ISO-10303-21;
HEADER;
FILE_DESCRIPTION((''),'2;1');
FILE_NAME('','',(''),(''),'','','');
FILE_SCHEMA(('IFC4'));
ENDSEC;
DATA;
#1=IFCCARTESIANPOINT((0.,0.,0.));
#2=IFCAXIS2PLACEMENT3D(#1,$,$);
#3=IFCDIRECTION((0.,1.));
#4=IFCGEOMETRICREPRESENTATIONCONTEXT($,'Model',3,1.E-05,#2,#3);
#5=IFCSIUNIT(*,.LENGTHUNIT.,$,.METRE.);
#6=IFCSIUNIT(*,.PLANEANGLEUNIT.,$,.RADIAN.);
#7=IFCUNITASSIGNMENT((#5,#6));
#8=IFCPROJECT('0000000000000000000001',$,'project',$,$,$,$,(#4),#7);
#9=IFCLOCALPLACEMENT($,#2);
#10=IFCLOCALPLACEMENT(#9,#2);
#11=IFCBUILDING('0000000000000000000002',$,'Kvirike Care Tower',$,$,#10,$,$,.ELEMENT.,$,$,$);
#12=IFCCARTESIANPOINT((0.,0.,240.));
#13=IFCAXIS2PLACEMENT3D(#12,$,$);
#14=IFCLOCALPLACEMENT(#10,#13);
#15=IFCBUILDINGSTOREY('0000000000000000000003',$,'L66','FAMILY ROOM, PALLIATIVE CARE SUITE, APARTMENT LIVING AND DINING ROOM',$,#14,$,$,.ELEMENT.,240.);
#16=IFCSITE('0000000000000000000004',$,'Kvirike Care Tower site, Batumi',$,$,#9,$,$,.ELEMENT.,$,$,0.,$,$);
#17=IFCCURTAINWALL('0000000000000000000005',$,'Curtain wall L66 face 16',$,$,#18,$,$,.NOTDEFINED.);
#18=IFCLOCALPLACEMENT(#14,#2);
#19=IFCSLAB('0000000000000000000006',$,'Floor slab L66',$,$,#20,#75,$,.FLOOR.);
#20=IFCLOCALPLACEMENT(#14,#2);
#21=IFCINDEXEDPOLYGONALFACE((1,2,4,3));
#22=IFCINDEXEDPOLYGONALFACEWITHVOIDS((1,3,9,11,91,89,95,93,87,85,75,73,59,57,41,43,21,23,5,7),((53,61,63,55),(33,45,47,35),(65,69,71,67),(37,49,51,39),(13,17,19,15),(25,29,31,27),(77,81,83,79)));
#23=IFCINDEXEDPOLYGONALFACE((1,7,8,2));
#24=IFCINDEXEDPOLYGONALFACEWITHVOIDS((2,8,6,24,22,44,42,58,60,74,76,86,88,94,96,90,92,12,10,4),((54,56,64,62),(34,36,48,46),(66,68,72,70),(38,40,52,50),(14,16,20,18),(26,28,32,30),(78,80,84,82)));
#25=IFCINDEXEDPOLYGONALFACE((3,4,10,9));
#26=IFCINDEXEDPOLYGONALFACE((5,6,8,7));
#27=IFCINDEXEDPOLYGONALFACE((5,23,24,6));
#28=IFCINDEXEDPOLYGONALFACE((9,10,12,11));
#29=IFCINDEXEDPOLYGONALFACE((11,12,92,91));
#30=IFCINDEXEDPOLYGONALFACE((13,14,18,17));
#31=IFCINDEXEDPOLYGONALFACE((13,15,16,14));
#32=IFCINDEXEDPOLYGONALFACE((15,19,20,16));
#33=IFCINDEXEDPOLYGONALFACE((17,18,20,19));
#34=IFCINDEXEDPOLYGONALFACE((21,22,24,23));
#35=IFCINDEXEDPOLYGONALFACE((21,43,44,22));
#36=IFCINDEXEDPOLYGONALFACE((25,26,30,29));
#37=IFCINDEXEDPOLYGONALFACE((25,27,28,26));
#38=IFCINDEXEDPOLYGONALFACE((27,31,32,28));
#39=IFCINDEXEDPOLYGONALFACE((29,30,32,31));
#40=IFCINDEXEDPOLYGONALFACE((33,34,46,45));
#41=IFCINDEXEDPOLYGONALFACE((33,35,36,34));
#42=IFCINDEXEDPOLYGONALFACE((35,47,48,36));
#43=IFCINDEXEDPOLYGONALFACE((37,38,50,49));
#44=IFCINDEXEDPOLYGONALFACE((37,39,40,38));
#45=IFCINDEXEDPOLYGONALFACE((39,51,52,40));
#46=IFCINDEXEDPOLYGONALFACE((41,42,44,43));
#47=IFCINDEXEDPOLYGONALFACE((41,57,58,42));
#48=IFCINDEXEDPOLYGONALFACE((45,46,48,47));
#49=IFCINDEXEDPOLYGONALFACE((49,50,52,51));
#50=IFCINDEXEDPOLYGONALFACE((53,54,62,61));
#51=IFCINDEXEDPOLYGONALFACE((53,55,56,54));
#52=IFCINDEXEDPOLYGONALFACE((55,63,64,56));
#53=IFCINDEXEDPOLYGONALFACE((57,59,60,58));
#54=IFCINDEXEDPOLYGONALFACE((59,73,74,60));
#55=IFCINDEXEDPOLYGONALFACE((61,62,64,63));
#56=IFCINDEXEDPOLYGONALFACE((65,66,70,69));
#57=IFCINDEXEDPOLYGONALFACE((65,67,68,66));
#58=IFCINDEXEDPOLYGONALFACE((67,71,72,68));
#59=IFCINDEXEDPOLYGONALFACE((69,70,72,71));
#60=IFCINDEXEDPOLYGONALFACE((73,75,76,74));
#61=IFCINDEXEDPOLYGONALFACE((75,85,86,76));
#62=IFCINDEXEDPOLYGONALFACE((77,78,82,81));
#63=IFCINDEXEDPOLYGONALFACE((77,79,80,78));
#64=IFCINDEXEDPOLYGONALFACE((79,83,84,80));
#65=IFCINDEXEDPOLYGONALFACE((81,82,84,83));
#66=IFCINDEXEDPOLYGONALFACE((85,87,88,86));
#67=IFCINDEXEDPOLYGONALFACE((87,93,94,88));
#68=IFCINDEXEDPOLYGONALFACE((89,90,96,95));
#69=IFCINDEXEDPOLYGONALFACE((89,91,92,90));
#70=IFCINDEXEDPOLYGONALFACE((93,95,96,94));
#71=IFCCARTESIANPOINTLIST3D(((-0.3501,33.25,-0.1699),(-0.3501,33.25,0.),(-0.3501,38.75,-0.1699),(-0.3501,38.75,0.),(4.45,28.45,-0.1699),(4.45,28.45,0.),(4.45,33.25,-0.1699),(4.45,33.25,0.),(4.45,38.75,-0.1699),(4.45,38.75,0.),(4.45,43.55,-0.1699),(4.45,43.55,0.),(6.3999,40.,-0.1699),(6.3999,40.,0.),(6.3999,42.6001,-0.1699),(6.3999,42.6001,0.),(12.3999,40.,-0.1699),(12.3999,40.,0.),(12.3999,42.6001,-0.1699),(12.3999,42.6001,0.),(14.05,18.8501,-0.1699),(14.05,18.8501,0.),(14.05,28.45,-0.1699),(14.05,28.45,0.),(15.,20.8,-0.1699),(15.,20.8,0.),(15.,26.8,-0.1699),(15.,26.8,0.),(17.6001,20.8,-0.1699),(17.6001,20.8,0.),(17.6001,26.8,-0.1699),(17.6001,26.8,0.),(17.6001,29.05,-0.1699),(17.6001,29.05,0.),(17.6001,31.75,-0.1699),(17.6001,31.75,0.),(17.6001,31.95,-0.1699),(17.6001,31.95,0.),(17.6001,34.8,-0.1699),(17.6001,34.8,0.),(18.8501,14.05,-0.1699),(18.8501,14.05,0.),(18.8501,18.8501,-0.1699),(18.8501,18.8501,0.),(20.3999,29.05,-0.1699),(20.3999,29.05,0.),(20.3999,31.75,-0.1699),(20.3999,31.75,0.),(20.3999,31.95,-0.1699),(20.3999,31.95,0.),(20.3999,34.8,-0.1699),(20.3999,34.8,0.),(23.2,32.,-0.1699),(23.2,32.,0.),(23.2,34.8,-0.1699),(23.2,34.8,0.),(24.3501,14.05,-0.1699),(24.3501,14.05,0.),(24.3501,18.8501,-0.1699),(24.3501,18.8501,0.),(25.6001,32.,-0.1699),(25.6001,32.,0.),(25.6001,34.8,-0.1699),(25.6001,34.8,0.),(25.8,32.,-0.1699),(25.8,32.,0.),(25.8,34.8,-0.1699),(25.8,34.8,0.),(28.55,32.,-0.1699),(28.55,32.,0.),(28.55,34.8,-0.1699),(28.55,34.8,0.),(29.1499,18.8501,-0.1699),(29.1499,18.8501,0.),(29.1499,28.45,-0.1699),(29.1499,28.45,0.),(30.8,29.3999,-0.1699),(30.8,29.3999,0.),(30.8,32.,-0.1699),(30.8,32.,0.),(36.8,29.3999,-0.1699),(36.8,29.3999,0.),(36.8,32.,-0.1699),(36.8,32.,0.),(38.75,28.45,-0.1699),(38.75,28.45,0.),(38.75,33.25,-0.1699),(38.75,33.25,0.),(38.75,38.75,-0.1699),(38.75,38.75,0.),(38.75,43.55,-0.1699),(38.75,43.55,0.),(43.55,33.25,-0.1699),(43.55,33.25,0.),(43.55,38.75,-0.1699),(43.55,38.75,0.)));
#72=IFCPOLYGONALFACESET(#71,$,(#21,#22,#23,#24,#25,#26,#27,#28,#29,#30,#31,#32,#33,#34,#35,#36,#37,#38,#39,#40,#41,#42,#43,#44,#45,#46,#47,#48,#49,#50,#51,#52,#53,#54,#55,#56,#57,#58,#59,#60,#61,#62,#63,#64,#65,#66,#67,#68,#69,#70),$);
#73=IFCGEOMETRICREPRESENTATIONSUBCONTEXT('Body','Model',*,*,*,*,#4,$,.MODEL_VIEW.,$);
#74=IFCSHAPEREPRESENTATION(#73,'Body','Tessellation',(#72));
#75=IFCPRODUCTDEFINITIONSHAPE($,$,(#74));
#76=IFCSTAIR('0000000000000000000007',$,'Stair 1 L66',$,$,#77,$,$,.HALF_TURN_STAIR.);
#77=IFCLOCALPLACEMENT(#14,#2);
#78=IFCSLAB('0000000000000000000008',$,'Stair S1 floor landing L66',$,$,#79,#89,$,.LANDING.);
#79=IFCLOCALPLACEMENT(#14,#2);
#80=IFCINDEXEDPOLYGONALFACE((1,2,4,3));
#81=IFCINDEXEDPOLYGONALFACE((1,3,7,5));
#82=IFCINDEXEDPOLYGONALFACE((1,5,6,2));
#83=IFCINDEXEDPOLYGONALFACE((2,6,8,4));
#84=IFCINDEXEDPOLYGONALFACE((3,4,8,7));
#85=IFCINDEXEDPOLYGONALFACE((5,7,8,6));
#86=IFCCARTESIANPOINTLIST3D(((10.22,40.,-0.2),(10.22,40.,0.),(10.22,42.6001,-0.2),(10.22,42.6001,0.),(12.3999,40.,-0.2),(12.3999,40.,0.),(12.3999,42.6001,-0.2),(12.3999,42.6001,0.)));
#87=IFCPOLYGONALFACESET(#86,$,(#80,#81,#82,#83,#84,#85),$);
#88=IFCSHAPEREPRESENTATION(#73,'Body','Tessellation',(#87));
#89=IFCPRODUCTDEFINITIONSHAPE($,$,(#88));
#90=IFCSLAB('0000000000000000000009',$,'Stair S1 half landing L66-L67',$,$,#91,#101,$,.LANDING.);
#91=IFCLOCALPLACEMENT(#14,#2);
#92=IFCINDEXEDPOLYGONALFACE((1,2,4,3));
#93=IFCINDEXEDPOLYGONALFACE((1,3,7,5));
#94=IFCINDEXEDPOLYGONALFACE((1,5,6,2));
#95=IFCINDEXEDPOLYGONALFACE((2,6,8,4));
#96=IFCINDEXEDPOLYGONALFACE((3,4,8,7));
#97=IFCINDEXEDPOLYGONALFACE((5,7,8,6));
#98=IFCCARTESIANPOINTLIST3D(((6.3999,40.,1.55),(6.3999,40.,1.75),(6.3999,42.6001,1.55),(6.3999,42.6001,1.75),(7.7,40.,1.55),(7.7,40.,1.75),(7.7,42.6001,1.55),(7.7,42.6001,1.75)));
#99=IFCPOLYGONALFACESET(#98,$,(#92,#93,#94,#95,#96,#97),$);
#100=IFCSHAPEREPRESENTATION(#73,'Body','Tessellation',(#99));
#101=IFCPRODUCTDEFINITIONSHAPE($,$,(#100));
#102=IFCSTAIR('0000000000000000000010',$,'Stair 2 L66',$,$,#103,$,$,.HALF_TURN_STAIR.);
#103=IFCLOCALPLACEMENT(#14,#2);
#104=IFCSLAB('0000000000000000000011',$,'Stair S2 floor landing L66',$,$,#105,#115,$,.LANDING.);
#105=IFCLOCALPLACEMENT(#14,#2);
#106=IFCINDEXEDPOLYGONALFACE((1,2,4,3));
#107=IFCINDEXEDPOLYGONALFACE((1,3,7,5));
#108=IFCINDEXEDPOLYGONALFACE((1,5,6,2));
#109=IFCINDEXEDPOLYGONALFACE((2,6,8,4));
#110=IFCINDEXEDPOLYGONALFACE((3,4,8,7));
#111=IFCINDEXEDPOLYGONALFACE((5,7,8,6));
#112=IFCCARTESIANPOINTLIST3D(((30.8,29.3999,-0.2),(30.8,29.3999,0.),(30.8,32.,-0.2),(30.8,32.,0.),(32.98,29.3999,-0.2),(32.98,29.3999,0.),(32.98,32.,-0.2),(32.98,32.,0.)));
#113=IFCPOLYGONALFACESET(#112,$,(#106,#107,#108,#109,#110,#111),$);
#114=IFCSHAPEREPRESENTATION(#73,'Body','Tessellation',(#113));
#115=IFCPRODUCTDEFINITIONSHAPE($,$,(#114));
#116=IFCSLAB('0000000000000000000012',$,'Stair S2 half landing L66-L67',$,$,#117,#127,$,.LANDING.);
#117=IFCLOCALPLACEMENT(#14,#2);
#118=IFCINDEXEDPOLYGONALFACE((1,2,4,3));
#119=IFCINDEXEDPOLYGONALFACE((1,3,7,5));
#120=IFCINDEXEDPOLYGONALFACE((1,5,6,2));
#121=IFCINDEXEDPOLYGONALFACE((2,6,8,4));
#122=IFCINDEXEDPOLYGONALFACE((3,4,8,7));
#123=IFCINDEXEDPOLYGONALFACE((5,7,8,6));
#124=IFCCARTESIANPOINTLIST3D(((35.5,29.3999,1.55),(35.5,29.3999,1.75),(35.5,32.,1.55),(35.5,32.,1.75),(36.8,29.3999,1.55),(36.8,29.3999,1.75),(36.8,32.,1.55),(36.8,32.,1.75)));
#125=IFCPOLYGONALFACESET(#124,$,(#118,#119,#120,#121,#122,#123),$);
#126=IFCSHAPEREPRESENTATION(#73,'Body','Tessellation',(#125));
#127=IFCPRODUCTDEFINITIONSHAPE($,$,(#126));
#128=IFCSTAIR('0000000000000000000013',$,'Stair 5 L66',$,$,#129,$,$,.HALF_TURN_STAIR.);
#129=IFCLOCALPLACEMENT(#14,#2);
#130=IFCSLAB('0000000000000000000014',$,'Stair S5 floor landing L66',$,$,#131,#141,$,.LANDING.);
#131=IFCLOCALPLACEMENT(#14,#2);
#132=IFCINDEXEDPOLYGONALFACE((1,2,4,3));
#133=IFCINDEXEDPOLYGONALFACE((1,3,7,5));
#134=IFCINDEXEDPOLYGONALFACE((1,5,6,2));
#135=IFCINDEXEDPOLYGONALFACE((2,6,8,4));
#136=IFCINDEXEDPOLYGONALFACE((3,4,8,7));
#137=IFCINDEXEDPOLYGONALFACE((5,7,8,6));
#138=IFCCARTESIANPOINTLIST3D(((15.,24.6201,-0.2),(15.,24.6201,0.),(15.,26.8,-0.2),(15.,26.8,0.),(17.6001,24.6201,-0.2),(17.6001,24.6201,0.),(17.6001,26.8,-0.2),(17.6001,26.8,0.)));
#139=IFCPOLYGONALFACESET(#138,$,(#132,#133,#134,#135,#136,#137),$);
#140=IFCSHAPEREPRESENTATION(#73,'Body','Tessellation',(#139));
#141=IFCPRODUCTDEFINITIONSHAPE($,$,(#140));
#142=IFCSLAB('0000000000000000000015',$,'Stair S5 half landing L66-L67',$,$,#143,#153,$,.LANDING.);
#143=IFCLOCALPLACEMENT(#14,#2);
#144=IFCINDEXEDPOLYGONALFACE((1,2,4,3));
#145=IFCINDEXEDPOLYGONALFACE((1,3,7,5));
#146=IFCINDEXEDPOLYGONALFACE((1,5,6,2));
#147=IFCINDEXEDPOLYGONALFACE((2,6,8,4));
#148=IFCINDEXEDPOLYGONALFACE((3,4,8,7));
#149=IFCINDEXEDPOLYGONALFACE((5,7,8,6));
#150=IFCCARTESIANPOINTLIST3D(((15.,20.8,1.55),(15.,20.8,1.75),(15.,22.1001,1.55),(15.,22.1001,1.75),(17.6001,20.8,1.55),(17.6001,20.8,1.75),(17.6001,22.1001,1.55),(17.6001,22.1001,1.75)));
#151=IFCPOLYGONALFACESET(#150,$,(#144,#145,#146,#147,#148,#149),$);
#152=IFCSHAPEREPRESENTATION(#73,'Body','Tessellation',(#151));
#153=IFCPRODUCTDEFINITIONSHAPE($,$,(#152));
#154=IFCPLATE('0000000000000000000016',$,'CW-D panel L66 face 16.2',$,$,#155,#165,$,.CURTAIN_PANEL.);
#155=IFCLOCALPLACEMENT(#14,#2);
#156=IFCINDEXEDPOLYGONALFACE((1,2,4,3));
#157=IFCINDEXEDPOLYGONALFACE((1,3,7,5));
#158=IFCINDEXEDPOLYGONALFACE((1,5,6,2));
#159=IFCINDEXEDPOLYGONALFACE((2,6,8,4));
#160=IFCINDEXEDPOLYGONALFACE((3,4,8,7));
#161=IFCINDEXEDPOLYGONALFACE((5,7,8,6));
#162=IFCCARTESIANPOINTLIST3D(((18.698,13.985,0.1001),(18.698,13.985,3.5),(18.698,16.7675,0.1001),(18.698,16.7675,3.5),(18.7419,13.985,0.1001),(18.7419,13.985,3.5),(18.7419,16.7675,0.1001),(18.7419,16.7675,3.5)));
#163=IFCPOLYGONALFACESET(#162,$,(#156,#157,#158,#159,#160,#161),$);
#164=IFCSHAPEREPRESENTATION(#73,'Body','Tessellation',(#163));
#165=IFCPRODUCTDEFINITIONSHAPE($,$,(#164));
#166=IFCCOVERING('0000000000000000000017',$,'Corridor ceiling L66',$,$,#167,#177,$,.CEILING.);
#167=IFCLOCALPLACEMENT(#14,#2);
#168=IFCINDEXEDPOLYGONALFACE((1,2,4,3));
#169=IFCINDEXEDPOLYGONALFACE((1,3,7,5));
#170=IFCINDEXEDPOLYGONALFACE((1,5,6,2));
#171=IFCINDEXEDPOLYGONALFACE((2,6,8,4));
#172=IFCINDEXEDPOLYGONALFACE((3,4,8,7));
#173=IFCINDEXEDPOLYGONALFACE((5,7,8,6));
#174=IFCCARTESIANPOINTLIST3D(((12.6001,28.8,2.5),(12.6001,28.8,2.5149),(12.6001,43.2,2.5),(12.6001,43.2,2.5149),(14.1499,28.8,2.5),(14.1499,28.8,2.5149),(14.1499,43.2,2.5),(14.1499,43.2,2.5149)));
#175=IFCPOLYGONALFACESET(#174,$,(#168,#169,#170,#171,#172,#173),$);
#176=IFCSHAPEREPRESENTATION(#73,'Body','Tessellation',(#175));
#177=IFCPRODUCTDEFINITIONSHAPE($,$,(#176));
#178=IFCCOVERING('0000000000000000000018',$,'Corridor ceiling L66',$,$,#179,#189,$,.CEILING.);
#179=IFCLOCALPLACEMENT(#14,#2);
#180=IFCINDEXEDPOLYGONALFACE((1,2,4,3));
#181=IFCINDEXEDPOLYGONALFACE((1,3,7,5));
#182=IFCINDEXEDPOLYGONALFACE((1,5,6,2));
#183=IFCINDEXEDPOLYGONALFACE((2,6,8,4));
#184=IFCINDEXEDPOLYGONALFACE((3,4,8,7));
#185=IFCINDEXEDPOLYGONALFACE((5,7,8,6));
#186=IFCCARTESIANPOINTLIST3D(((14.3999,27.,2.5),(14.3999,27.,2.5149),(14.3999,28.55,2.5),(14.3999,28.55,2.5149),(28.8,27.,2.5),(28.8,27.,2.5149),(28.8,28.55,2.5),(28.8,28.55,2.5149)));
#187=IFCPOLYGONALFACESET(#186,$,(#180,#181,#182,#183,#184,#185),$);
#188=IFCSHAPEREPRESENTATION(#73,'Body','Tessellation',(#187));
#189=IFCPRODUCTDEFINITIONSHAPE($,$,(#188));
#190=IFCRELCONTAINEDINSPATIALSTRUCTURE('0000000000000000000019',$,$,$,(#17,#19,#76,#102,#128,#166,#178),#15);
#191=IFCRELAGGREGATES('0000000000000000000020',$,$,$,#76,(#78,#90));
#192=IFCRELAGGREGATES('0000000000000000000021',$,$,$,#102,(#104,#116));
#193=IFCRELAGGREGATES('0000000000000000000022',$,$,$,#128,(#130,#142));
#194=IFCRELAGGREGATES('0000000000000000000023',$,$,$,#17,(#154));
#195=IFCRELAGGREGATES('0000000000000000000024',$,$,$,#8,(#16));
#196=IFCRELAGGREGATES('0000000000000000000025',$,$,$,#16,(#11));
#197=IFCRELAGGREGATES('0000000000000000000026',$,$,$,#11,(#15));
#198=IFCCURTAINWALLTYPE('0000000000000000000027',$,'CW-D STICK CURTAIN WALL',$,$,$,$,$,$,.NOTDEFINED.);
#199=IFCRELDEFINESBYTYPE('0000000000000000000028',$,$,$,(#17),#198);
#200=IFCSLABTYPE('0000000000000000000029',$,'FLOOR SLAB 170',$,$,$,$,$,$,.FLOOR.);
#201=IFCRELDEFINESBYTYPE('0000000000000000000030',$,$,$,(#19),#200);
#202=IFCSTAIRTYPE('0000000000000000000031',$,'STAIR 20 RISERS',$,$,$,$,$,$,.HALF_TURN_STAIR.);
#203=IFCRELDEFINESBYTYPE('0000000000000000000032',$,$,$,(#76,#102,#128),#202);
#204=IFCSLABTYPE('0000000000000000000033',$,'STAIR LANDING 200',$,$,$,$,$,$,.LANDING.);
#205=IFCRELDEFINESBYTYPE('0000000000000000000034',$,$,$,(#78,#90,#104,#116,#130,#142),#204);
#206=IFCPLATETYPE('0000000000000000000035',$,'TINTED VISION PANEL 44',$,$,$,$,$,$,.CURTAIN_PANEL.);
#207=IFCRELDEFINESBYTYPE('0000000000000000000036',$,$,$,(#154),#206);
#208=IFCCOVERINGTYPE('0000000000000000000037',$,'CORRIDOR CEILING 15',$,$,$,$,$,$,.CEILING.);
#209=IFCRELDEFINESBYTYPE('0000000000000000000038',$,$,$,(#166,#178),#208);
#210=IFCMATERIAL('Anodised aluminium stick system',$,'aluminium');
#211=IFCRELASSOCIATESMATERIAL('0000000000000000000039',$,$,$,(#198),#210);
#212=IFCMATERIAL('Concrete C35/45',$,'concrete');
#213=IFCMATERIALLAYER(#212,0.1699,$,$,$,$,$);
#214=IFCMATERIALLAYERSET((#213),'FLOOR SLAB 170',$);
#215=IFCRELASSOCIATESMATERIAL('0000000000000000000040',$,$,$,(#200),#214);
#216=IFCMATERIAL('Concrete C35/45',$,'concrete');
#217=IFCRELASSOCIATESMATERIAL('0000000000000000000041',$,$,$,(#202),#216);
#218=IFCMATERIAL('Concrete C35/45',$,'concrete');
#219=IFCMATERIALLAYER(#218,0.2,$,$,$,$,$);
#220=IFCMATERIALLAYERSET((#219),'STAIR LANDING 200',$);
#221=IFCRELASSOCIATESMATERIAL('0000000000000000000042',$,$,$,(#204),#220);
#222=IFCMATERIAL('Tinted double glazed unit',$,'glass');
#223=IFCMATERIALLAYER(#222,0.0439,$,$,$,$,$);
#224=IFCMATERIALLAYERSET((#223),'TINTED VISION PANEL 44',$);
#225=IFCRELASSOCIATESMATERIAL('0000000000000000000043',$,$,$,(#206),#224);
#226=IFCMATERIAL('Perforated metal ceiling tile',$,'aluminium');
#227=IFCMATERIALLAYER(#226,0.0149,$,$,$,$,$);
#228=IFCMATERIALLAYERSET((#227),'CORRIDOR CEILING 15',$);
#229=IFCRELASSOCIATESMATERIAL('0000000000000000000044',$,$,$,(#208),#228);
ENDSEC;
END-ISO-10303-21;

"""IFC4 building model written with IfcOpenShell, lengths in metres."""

from ifc_helpers import new_model, si_unit, direction, frame, origin, origin_2d, place, context, subcontext, project, spatial, polyline, rectangle, outline, extrude, material, layer, layer_set, type_object, element, aggregate, save


model = new_model("IFC4")

# Units and contexts
model_context = context("Model", 3, precision=1e-05, world=origin(), true_north=direction((0.0, 1.0)))
body_context = subcontext(model_context, "Body", "Model", "MODEL_VIEW")
ifc_project = project(units=[si_unit("LENGTHUNIT", "METRE"), si_unit("PLANEANGLEUNIT", "RADIAN")], contexts=[model_context])

# Site, building, storey
site_placement = place(None, origin())
site = spatial("IfcSite", under=ifc_project, at=site_placement, Name="Kvirike Care Tower site, Batumi", CompositionType="ELEMENT", RefElevation=0.0)
building_placement = place(site_placement, origin())
building = spatial("IfcBuilding", under=site, at=building_placement, Name="Kvirike Care Tower", CompositionType="ELEMENT")
storey_placement = place(building_placement, frame((0.0, 0.0, 240.0)))
storey = spatial("IfcBuildingStorey", under=building, at=storey_placement, Name="L66", Description="FAMILY ROOM, PALLIATIVE CARE SUITE, APARTMENT LIVING AND DINING ROOM", CompositionType="ELEMENT", Elevation=240.0)

# Curtain wall
ifc_material_1 = material(Name="Anodised aluminium stick system", Category="aluminium")
curtain_wall_type = type_object("IfcCurtainWallType", Name="CW-D STICK CURTAIN WALL", PredefinedType="NOTDEFINED", material=ifc_material_1)
curtain_wall_1_placement = place(storey_placement, origin())
curtain_wall_1 = element("IfcCurtainWall", 1, at=curtain_wall_1_placement, inside=storey, type_object=curtain_wall_type, Name="Curtain wall L66 face 16", PredefinedType="NOTDEFINED")

# Slab
ifc_material_2 = material(Name="Concrete C35/45", Category="concrete")
ifc_layer_1 = layer(ifc_material_2, 0.1699)
ifc_layer_set_1 = layer_set([ifc_layer_1], Name="FLOOR SLAB 170")
slab_type_1 = type_object("IfcSlabType", Name="FLOOR SLAB 170", PredefinedType="FLOOR", material=ifc_layer_set_1)
slab_1_placement = place(storey_placement, frame((0.0, 0.0, -0.1699)))
element("IfcSlab", 2, at=slab_1_placement, inside=storey, type_object=slab_type_1, Name="Floor slab L66", PredefinedType="FLOOR", context=body_context, shape_type="SweptSolid", body=[
    extrude(outline(polyline([(29.1499, 28.45), (38.75, 28.45), (38.75, 33.25), (43.55, 33.25), (43.55, 38.75), (38.75, 38.75), (38.75, 43.55), (4.45, 43.55), (4.45, 38.75), (-0.3501, 38.75), (-0.3501, 33.25), (4.45, 33.25), (4.45, 28.45), (14.05, 28.45), (14.05, 18.8501), (18.8501, 18.8501), (18.8501, 14.05), (24.3501, 14.05), (24.3501, 18.8501), (29.1499, 18.8501), (29.1499, 28.45)]), holes=[polyline([(17.6001, 29.05), (17.6001, 31.75), (20.3999, 31.75), (20.3999, 29.05), (17.6001, 29.05)]), polyline([(17.6001, 31.95), (17.6001, 34.8), (20.3999, 34.8), (20.3999, 31.95), (17.6001, 31.95)]), polyline([(23.2, 32.0), (23.2, 34.8), (25.6001, 34.8), (25.6001, 32.0), (23.2, 32.0)]), polyline([(25.8, 32.0), (25.8, 34.8), (28.55, 34.8), (28.55, 32.0), (25.8, 32.0)]), polyline([(12.3999, 42.6001), (12.3999, 40.0), (6.3999, 40.0), (6.3999, 42.6001), (12.3999, 42.6001)]), polyline([(30.8, 29.3999), (30.8, 32.0), (36.8, 32.0), (36.8, 29.3999), (30.8, 29.3999)]), polyline([(15.0, 26.8), (17.6001, 26.8), (17.6001, 20.8), (15.0, 20.8), (15.0, 26.8)])]), origin(), (0.0, 0.0, 1.0), 0.1699),
])

# Stairs, slabs
ifc_material_3 = material(Name="Concrete C35/45", Category="concrete")
stair_type = type_object("IfcStairType", Name="STAIR 20 RISERS", PredefinedType="HALF_TURN_STAIR", material=ifc_material_3)
stair_1_placement = place(storey_placement, origin())
stair_1 = element("IfcStair", 3, at=stair_1_placement, inside=storey, type_object=stair_type, Name="Stair 1 L66", PredefinedType="HALF_TURN_STAIR")
ifc_material_4 = material(Name="Concrete C35/45", Category="concrete")
ifc_layer_2 = layer(ifc_material_4, 0.2)
ifc_layer_set_2 = layer_set([ifc_layer_2], Name="STAIR LANDING 200")
slab_type_2 = type_object("IfcSlabType", Name="STAIR LANDING 200", PredefinedType="LANDING", material=ifc_layer_set_2)
slab_2_placement = place(storey_placement, frame((0.0, 0.0, -0.2)))
slab_2 = element("IfcSlab", 4, at=slab_2_placement, type_object=slab_type_2, Name="Stair S1 floor landing L66", PredefinedType="LANDING", context=body_context, shape_type="SweptSolid", body=[
    extrude(outline(polyline([(10.22, 42.6001), (10.22, 40.0), (12.3999, 40.0), (12.3999, 42.6001), (10.22, 42.6001)])), origin(), (0.0, 0.0, 1.0), 0.2),
])
slab_3_placement = place(storey_placement, frame((0.0, 0.0, 1.55)))
slab_3 = element("IfcSlab", 5, at=slab_3_placement, type_object=slab_type_2, Name="Stair S1 half landing L66-L67", PredefinedType="LANDING", context=body_context, shape_type="SweptSolid", body=[
    extrude(outline(polyline([(6.3999, 42.6001), (6.3999, 40.0), (7.7, 40.0), (7.7, 42.6001), (6.3999, 42.6001)])), origin(), (0.0, 0.0, 1.0), 0.2),
])
aggregate(stair_1, [slab_2, slab_3])
stair_2_placement = place(storey_placement, origin())
stair_2 = element("IfcStair", 6, at=stair_2_placement, inside=storey, type_object=stair_type, Name="Stair 2 L66", PredefinedType="HALF_TURN_STAIR")
slab_4_placement = place(storey_placement, frame((0.0, 0.0, -0.2)))
slab_4 = element("IfcSlab", 7, at=slab_4_placement, type_object=slab_type_2, Name="Stair S2 floor landing L66", PredefinedType="LANDING", context=body_context, shape_type="SweptSolid", body=[
    extrude(outline(polyline([(32.98, 29.3999), (32.98, 32.0), (30.8, 32.0), (30.8, 29.3999), (32.98, 29.3999)])), origin(), (0.0, 0.0, 1.0), 0.2),
])
slab_5_placement = place(storey_placement, frame((0.0, 0.0, 1.55)))
slab_5 = element("IfcSlab", 8, at=slab_5_placement, type_object=slab_type_2, Name="Stair S2 half landing L66-L67", PredefinedType="LANDING", context=body_context, shape_type="SweptSolid", body=[
    extrude(outline(polyline([(36.8, 29.3999), (36.8, 32.0), (35.5, 32.0), (35.5, 29.3999), (36.8, 29.3999)])), origin(), (0.0, 0.0, 1.0), 0.2),
])
aggregate(stair_2, [slab_4, slab_5])
stair_3_placement = place(storey_placement, origin())
stair_3 = element("IfcStair", 9, at=stair_3_placement, inside=storey, type_object=stair_type, Name="Stair 5 L66", PredefinedType="HALF_TURN_STAIR")
slab_6_placement = place(storey_placement, frame((0.0, 0.0, -0.2)))
slab_6 = element("IfcSlab", 10, at=slab_6_placement, type_object=slab_type_2, Name="Stair S5 floor landing L66", PredefinedType="LANDING", context=body_context, shape_type="SweptSolid", body=[
    extrude(outline(polyline([(15.0, 24.6201), (17.6001, 24.6201), (17.6001, 26.8), (15.0, 26.8), (15.0, 24.6201)])), origin(), (0.0, 0.0, 1.0), 0.2),
])
slab_7_placement = place(storey_placement, frame((0.0, 0.0, 1.55)))
slab_7 = element("IfcSlab", 11, at=slab_7_placement, type_object=slab_type_2, Name="Stair S5 half landing L66-L67", PredefinedType="LANDING", context=body_context, shape_type="SweptSolid", body=[
    extrude(outline(polyline([(15.0, 20.8), (17.6001, 20.8), (17.6001, 22.1001), (15.0, 22.1001), (15.0, 20.8)])), origin(), (0.0, 0.0, 1.0), 0.2),
])
aggregate(stair_3, [slab_6, slab_7])

# Plate
ifc_material_5 = material(Name="Tinted double glazed unit", Category="glass")
ifc_layer_3 = layer(ifc_material_5, 0.0439)
ifc_layer_set_3 = layer_set([ifc_layer_3], Name="TINTED VISION PANEL 44")
plate_type = type_object("IfcPlateType", Name="TINTED VISION PANEL 44", PredefinedType="CURTAIN_PANEL", material=ifc_layer_set_3)
plate_placement = place(storey_placement, frame((18.72, 15.3762, 0.1001), z_axis=(0.0, 0.0, 1.0), x_axis=(0.0, -1.0, 0.0)))
plate = element("IfcPlate", 12, at=plate_placement, type_object=plate_type, Name="CW-D panel L66 face 16.2", PredefinedType="CURTAIN_PANEL", context=body_context, shape_type="SweptSolid", body=[
    extrude(rectangle(XDim=2.7825, YDim=0.0439, at=origin_2d()), origin(), (0.0, 0.0, 1.0), 3.3999),
])
aggregate(curtain_wall_1, [plate])

# Coverings
ifc_material_6 = material(Name="Perforated metal ceiling tile", Category="aluminium")
ifc_layer_4 = layer(ifc_material_6, 0.0149)
ifc_layer_set_4 = layer_set([ifc_layer_4], Name="CORRIDOR CEILING 15")
covering_type_1 = type_object("IfcCoveringType", Name="CORRIDOR CEILING 15", PredefinedType="CEILING", material=ifc_layer_set_4)
covering_1_placement = place(storey_placement, frame((0.0, 0.0, 2.5)))
element("IfcCovering", 13, at=covering_1_placement, inside=storey, type_object=covering_type_1, Name="Corridor ceiling L66", PredefinedType="CEILING", context=body_context, shape_type="SweptSolid", body=[
    extrude(outline(polyline([(12.6001, 43.2), (14.1499, 43.2), (14.1499, 28.8), (12.6001, 28.8), (12.6001, 43.2)])), origin(), (0.0, 0.0, 1.0), 0.0149),
])
covering_2_placement = place(storey_placement, frame((0.0, 0.0, 2.5)))
element("IfcCovering", 14, at=covering_2_placement, inside=storey, type_object=covering_type_1, Name="Corridor ceiling L66", PredefinedType="CEILING", context=body_context, shape_type="SweptSolid", body=[
    extrude(outline(polyline([(14.3999, 27.0), (14.3999, 28.55), (28.8, 28.55), (28.8, 27.0), (14.3999, 27.0)])), origin(), (0.0, 0.0, 1.0), 0.0149),
])

save(model, "model.ifc")
